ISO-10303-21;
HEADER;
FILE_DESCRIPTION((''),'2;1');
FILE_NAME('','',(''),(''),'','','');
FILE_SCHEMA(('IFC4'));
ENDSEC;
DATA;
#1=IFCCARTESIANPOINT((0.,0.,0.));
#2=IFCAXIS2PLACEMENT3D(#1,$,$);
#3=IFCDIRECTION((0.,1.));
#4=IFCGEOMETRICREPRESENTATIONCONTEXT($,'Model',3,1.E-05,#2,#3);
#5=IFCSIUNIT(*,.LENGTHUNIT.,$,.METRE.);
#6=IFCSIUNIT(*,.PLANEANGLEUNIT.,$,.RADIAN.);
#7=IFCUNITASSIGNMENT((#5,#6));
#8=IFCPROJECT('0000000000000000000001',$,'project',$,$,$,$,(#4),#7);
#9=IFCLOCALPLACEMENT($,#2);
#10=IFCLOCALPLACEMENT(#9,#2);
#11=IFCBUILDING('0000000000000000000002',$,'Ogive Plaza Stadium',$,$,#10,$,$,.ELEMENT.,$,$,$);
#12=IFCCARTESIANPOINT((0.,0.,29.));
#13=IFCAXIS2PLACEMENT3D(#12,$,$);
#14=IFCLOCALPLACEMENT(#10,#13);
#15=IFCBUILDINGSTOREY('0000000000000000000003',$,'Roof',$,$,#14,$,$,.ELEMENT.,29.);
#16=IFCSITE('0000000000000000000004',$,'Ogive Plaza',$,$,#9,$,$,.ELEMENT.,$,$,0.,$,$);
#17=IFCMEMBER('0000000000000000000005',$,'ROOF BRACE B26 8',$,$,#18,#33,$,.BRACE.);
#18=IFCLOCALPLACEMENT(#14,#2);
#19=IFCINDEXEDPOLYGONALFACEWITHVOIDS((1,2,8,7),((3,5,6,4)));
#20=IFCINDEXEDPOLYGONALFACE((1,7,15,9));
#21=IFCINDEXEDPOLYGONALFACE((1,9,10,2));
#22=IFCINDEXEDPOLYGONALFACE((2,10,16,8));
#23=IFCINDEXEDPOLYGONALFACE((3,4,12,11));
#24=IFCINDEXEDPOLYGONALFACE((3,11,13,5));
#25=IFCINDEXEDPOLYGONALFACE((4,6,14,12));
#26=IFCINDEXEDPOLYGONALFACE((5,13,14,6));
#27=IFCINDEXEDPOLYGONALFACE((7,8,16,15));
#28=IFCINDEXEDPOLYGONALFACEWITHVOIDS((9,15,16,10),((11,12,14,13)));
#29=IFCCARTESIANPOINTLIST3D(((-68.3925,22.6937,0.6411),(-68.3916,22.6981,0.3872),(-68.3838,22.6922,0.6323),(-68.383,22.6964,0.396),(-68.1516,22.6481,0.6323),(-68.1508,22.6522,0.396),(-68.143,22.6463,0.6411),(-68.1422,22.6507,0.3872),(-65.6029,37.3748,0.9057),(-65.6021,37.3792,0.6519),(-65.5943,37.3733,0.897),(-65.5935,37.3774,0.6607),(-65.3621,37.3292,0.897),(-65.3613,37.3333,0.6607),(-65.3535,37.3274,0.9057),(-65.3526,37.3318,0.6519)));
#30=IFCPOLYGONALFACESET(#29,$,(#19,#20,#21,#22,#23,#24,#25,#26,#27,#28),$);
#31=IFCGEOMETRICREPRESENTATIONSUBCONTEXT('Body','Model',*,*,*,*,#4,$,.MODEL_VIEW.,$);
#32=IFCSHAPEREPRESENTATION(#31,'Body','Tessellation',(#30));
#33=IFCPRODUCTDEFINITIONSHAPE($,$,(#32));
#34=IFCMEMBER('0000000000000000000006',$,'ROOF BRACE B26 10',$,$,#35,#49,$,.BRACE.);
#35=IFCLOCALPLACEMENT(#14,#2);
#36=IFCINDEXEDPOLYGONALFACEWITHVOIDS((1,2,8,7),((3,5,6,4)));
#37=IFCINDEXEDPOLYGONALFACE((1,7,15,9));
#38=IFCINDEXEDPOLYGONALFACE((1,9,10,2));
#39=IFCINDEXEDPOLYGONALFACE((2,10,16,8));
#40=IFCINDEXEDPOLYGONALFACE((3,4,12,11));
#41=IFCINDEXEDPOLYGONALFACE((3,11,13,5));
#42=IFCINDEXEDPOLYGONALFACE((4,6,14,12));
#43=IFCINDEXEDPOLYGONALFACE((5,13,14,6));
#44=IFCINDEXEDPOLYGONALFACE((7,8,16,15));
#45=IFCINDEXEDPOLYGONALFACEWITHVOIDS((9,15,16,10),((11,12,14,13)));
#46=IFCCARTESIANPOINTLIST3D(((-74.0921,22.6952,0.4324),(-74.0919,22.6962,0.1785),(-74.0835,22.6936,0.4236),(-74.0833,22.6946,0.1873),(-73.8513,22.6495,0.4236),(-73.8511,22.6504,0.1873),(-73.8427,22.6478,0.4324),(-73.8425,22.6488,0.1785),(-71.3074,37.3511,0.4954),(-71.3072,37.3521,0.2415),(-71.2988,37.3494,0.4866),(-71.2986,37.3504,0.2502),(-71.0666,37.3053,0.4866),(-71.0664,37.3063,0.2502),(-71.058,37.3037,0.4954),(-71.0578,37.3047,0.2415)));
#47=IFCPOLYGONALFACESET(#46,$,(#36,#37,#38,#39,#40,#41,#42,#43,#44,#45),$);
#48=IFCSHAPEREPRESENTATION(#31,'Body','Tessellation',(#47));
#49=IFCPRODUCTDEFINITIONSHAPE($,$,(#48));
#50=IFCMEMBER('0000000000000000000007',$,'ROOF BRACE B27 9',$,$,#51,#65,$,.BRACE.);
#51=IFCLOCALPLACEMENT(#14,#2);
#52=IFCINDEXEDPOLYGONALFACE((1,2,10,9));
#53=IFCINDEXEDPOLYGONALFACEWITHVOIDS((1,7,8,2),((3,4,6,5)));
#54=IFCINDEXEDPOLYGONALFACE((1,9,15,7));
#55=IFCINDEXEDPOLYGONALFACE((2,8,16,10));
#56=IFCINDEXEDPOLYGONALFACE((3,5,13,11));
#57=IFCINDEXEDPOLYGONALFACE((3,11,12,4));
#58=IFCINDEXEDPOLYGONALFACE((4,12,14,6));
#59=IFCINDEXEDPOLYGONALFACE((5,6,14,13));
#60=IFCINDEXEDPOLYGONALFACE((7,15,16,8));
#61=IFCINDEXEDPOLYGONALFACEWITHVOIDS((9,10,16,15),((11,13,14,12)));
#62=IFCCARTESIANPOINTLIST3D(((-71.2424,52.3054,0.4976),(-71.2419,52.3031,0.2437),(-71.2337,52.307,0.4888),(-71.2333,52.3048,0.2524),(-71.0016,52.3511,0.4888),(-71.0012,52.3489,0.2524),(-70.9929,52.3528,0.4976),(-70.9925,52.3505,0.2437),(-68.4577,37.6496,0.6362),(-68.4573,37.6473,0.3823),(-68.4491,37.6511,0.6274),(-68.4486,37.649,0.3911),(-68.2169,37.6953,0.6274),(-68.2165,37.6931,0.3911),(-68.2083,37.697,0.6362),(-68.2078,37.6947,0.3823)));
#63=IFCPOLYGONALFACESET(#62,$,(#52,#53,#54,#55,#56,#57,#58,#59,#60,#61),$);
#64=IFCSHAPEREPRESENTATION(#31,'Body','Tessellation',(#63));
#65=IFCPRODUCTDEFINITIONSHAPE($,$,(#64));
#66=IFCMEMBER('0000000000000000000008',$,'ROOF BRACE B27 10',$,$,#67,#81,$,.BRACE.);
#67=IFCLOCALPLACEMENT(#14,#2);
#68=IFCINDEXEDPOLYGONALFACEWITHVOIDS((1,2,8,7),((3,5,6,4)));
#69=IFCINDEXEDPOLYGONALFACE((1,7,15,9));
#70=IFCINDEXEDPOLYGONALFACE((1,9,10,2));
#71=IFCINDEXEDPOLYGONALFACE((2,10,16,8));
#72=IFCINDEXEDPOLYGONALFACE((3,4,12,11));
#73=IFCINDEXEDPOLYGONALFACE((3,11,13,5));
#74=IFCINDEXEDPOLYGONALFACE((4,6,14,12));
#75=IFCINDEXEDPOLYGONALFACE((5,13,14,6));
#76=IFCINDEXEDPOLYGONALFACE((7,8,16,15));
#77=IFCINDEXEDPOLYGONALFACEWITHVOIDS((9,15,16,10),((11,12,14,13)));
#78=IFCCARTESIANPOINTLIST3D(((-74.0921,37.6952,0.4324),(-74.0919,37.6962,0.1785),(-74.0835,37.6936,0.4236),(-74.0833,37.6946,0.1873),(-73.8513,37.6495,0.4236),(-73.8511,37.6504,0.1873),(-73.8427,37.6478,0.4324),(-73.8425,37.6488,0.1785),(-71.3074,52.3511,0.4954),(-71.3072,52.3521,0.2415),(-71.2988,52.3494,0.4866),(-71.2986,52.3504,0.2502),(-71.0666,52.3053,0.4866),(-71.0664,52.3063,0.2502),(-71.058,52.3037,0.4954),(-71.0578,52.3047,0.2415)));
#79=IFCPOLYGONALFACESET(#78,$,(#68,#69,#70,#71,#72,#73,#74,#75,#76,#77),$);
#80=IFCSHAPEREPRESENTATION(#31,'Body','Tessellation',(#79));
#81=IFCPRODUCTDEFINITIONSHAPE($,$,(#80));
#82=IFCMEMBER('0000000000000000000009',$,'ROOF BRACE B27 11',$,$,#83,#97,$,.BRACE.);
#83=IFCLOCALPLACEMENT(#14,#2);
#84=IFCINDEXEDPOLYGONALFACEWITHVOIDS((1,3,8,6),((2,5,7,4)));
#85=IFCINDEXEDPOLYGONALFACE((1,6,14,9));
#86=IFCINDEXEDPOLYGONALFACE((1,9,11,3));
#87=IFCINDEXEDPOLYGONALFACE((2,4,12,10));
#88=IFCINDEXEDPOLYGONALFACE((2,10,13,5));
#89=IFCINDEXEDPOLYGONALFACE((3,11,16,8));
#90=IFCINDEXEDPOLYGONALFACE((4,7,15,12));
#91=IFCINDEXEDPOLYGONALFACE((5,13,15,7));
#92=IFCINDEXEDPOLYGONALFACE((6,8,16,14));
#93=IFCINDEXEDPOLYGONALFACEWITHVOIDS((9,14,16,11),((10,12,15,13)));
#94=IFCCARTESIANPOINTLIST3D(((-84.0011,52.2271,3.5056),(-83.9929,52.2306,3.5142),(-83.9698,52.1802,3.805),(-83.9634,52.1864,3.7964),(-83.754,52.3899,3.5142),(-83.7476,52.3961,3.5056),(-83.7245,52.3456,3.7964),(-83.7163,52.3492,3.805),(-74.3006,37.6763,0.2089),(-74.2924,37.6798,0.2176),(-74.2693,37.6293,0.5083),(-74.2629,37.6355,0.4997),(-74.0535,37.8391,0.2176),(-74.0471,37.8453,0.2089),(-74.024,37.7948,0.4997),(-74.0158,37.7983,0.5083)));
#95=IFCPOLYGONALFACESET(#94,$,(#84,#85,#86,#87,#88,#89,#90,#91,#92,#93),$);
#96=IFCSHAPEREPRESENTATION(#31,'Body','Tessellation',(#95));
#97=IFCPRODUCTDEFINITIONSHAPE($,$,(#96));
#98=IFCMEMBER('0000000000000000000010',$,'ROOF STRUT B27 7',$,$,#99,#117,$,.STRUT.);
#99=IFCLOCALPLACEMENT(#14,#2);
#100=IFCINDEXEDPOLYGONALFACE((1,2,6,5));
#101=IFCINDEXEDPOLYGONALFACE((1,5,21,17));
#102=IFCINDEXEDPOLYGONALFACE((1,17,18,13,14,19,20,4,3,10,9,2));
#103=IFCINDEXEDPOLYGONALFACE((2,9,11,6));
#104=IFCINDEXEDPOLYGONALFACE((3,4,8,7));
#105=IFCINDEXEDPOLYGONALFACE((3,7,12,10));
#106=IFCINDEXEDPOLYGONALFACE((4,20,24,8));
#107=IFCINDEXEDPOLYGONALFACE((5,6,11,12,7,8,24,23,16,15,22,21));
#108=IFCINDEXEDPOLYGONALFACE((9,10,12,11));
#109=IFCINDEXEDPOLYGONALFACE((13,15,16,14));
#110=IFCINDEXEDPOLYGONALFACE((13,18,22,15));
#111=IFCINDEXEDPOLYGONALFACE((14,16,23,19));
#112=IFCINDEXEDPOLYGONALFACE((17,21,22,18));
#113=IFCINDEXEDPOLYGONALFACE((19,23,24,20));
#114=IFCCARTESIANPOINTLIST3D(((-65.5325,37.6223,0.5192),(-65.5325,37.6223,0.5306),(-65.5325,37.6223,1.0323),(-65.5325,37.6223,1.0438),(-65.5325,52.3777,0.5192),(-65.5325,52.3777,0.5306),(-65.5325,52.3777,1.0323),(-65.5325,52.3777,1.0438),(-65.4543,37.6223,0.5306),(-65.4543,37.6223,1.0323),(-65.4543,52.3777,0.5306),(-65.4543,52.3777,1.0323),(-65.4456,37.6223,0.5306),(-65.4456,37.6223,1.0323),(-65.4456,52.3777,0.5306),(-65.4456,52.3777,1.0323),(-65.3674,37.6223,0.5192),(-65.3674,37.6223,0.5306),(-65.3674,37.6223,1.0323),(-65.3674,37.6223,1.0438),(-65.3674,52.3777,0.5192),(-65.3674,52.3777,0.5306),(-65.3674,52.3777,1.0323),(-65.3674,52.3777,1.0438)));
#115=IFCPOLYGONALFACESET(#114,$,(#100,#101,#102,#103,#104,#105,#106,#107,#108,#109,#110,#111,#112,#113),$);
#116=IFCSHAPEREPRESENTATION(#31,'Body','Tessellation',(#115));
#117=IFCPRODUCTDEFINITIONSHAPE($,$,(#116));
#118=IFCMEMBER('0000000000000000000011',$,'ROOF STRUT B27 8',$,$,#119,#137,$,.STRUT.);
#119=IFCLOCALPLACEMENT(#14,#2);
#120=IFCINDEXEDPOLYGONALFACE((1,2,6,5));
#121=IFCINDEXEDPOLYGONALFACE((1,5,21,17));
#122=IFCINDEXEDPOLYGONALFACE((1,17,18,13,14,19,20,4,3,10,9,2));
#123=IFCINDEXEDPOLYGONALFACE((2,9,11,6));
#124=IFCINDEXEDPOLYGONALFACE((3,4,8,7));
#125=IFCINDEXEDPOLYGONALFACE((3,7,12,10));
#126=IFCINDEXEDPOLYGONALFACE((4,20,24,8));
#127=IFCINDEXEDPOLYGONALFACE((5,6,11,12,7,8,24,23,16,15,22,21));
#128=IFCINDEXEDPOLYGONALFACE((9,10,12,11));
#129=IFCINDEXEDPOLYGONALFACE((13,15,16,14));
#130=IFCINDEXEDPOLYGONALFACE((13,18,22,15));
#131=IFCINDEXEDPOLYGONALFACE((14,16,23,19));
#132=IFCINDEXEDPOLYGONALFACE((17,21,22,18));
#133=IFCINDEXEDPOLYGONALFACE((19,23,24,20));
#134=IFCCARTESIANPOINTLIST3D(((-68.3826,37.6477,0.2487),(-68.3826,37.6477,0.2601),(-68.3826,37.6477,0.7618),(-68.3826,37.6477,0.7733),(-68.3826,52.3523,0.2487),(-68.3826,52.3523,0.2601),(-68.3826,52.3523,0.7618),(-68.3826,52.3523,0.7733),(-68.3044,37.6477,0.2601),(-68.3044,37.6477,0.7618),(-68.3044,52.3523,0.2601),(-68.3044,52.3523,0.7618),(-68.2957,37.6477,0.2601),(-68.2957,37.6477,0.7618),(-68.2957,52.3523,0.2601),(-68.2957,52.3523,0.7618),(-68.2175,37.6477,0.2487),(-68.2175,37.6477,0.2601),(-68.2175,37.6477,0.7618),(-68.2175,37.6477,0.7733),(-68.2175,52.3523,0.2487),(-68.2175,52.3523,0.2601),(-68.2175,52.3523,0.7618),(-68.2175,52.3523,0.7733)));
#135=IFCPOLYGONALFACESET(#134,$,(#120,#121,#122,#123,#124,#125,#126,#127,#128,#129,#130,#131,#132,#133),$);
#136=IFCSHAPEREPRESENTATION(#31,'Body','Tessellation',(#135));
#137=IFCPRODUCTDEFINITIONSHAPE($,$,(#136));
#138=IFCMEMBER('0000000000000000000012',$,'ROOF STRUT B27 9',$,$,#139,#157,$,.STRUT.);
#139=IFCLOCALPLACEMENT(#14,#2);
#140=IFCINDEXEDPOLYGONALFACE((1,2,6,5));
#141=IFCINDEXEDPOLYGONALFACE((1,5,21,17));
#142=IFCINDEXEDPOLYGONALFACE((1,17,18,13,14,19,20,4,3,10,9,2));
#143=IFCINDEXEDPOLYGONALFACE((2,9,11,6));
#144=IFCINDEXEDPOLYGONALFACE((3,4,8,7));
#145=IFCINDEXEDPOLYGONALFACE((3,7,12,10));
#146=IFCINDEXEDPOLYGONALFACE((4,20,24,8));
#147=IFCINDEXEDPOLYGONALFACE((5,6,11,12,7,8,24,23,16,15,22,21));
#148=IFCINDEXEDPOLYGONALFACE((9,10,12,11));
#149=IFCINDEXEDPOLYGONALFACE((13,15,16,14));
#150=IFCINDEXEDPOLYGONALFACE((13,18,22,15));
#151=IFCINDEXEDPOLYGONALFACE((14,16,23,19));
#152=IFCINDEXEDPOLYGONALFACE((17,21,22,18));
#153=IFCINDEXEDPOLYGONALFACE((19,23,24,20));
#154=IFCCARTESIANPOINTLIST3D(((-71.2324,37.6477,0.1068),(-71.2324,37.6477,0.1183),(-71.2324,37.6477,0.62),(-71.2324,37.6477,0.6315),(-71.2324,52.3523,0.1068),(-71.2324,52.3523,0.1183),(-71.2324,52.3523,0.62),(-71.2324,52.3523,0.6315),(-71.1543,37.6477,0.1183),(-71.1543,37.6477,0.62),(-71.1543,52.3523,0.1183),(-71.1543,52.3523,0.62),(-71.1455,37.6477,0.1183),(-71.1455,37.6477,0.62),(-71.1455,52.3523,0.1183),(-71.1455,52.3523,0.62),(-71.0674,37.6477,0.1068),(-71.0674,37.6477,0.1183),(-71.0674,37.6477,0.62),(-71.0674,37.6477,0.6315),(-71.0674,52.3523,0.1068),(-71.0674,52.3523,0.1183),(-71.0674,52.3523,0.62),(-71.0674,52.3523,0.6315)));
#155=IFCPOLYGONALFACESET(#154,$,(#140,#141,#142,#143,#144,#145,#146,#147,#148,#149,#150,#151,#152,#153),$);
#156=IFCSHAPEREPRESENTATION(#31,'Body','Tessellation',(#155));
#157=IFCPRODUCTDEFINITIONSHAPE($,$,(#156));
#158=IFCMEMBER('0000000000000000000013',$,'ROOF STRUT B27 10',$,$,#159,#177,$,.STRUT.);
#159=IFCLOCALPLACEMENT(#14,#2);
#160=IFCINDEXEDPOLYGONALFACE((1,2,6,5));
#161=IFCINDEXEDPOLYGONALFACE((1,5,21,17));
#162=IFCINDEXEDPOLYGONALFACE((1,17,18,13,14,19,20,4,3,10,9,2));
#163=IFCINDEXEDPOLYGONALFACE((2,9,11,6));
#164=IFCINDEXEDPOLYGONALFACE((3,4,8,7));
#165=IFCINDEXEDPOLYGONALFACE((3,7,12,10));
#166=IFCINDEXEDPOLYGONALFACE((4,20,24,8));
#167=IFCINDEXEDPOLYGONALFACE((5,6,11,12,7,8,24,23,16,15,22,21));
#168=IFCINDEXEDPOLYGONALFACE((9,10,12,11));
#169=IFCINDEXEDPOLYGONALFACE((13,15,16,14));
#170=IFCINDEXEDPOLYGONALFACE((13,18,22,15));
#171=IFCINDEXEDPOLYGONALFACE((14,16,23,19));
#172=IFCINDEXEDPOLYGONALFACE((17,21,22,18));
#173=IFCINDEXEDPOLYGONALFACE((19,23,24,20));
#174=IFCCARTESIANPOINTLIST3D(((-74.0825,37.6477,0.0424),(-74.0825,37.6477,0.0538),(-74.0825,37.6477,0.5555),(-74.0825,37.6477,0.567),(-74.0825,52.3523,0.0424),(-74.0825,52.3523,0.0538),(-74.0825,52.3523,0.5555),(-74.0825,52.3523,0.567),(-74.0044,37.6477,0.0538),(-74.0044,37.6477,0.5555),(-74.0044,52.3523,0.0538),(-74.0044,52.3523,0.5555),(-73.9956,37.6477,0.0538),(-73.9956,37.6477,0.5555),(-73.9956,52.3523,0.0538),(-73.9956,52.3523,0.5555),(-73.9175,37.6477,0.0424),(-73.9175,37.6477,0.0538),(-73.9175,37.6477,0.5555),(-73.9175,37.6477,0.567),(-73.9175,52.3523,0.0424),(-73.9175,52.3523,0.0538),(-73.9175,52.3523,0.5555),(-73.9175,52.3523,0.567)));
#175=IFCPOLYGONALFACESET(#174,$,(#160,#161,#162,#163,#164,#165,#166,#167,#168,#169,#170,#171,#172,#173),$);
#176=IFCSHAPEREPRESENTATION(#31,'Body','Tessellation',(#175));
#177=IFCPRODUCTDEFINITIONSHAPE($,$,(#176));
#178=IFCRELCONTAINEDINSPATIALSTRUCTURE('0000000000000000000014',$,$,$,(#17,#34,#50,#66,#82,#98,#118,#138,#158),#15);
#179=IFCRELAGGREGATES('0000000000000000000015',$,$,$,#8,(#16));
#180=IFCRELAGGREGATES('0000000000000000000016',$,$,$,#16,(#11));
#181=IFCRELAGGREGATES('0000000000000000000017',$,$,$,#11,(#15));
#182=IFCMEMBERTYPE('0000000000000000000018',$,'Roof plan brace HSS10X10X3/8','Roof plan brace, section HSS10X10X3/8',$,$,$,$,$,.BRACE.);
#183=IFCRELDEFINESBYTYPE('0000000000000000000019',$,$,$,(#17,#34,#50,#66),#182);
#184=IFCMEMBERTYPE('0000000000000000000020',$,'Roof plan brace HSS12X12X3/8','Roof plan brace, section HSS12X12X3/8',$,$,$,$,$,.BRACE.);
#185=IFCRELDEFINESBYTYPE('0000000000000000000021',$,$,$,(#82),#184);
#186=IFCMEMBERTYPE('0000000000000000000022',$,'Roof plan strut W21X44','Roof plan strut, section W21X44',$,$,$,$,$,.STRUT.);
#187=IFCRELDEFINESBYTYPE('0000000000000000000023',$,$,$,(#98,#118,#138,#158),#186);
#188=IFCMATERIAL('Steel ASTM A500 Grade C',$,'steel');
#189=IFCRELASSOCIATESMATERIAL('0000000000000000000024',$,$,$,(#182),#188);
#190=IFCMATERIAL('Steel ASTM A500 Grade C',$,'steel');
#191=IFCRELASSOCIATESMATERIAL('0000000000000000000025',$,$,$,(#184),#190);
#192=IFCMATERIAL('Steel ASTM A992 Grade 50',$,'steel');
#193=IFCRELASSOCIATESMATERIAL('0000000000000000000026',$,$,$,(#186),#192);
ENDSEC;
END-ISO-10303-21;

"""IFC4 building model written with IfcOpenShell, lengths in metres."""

from ifc_helpers import new_model, si_unit, direction, frame, origin, origin_2d, place, context, subcontext, project, spatial, hollow_rectangle, i_section, extrude, material, material_profile, profile_set, type_object, element, save


model = new_model("IFC4")

# Units and contexts
model_context = context("Model", 3, precision=1e-05, world=origin(), true_north=direction((0.0, 1.0)))
body_context = subcontext(model_context, "Body", "Model", "MODEL_VIEW")
ifc_project = project(units=[si_unit("LENGTHUNIT", "METRE"), si_unit("PLANEANGLEUNIT", "RADIAN")], contexts=[model_context])

# Site, building, storey
site_placement = place(None, origin())
site = spatial("IfcSite", under=ifc_project, at=site_placement, Name="Ogive Plaza", CompositionType="ELEMENT", RefElevation=0.0)
building_placement = place(site_placement, origin())
building = spatial("IfcBuilding", under=site, at=building_placement, Name="Ogive Plaza Stadium", CompositionType="ELEMENT")
storey_placement = place(building_placement, frame((0.0, 0.0, 29.0)))
storey = spatial("IfcBuildingStorey", under=building, at=storey_placement, Name="Roof", CompositionType="ELEMENT", Elevation=29.0)

# Members
ifc_material_1 = material(Name="Steel ASTM A500 Grade C", Category="steel")
ifc_material_profile_1 = material_profile(ifc_material_1, hollow_rectangle(XDim=0.2539, YDim=0.2539, WallThickness=0.0088, at=origin_2d()), Name="HSS10X10X3/8")
ifc_profile_set_1 = profile_set([ifc_material_profile_1], Name="Steel ASTM A500 Grade C")
member_type_1 = type_object("IfcMemberType", Name="Roof plan brace HSS10X10X3/8", Description="Roof plan brace, section HSS10X10X3/8", PredefinedType="BRACE", material=ifc_profile_set_1)
member_1_placement = place(storey_placement, frame((-65.4778, 37.3533, 0.7788), z_axis=(-0.18664, -0.982269, -0.017707), x_axis=(0.982423, -0.186669, 0.0)))
element("IfcMember", 1, at=member_1_placement, inside=storey, type_object=member_type_1, Name="ROOF BRACE B26 8", PredefinedType="BRACE", context=body_context, shape_type="SweptSolid", body=[
    extrude(hollow_rectangle(XDim=0.2539, YDim=0.2539, WallThickness=0.0088, at=origin_2d()), origin(), (0.0, 0.0, 1.0), 14.946),
])
member_2_placement = place(storey_placement, frame((-71.1826, 37.3279, 0.3684), z_axis=(-0.186664, -0.982415, -0.004222), x_axis=(0.982424, -0.186665, 0.0)))
element("IfcMember", 2, at=member_2_placement, inside=storey, type_object=member_type_1, Name="ROOF BRACE B26 10", PredefinedType="BRACE", context=body_context, shape_type="SweptSolid", body=[
    extrude(hollow_rectangle(XDim=0.2539, YDim=0.2539, WallThickness=0.0088, at=origin_2d()), origin(), (0.0, 0.0, 1.0), 14.9182),
])
member_3_placement = place(storey_placement, frame((-68.3328, 37.6721, 0.5093), z_axis=(-0.186657, 0.982381, -0.009295), x_axis=(-0.982424, -0.186665, 0.0)))
element("IfcMember", 3, at=member_3_placement, inside=storey, type_object=member_type_1, Name="ROOF BRACE B27 9", PredefinedType="BRACE", context=body_context, shape_type="SweptSolid", body=[
    extrude(hollow_rectangle(XDim=0.2539, YDim=0.2539, WallThickness=0.0088, at=origin_2d()), origin(), (0.0, 0.0, 1.0), 14.9187),
])
member_4_placement = place(storey_placement, frame((-71.1826, 52.3279, 0.3684), z_axis=(-0.186664, -0.982415, -0.004222), x_axis=(0.982424, -0.186665, 0.0)))
element("IfcMember", 4, at=member_4_placement, inside=storey, type_object=member_type_1, Name="ROOF BRACE B27 10", PredefinedType="BRACE", context=body_context, shape_type="SweptSolid", body=[
    extrude(hollow_rectangle(XDim=0.2539, YDim=0.2539, WallThickness=0.0088, at=origin_2d()), origin(), (0.0, 0.0, 1.0), 14.9182),
])
ifc_material_2 = material(Name="Steel ASTM A500 Grade C", Category="steel")
ifc_material_profile_2 = material_profile(ifc_material_2, hollow_rectangle(XDim=0.3047, YDim=0.3047, WallThickness=0.0088, at=origin_2d()), Name="HSS12X12X3/8")
ifc_profile_set_2 = profile_set([ifc_material_profile_2], Name="Steel ASTM A500 Grade C")
member_type_2 = type_object("IfcMemberType", Name="Roof plan brace HSS12X12X3/8", Description="Roof plan brace, section HSS12X12X3/8", PredefinedType="BRACE", material=ifc_profile_set_2)
member_5_placement = place(storey_placement, frame((-74.1582, 37.7373, 0.3586), z_axis=(-0.545096, 0.817651, 0.185247), x_axis=(-0.832052, -0.554697, 0.0)))
element("IfcMember", 5, at=member_5_placement, inside=storey, type_object=member_type_2, Name="ROOF BRACE B27 11", PredefinedType="BRACE", context=body_context, shape_type="SweptSolid", body=[
    extrude(hollow_rectangle(XDim=0.3047, YDim=0.3047, WallThickness=0.0088, at=origin_2d()), origin(), (0.0, 0.0, 1.0), 17.7959),
])
ifc_material_3 = material(Name="Steel ASTM A992 Grade 50", Category="steel")
ifc_material_profile_3 = material_profile(ifc_material_3, i_section(OverallWidth=0.165, OverallDepth=0.5247, WebThickness=0.0088, FlangeThickness=0.0115, at=origin_2d()), Name="W21X44")
ifc_profile_set_3 = profile_set([ifc_material_profile_3], Name="Steel ASTM A992 Grade 50")
member_type_3 = type_object("IfcMemberType", Name="Roof plan strut W21X44", Description="Roof plan strut, section W21X44", PredefinedType="STRUT", material=ifc_profile_set_3)
member_6_placement = place(storey_placement, frame((-65.45, 37.6223, 0.7815), z_axis=(0.0, 1.0, 0.0), x_axis=(-1.0, 0.0, 0.0)))
element("IfcMember", 6, at=member_6_placement, inside=storey, type_object=member_type_3, Name="ROOF STRUT B27 7", PredefinedType="STRUT", context=body_context, shape_type="SweptSolid", body=[
    extrude(i_section(OverallWidth=0.165, OverallDepth=0.5247, WebThickness=0.0088, FlangeThickness=0.0115, at=origin_2d()), origin(), (0.0, 0.0, 1.0), 14.7554),
])
for number, where, z_axis, x_axis, name in (
    (7, (-68.3, 37.6477, 0.511), (0.0, 1.0, 0.0), (-1.0, 0.0, 0.0), "ROOF STRUT B27 8"),
    (8, (-71.1499, 37.6477, 0.3691), (0.0, 1.0, 0.0), (-1.0, 0.0, 0.0), "ROOF STRUT B27 9"),
    (9, (-74.0, 37.6477, 0.3047), (0.0, 1.0, 0.0), (-1.0, 0.0, 0.0), "ROOF STRUT B27 10"),
):
    element("IfcMember", number, at=place(storey_placement, frame(where, z_axis=z_axis, x_axis=x_axis)), inside=storey, type_object=member_type_3, Name=name, PredefinedType="STRUT", context=body_context, shape_type="SweptSolid", body=[
        extrude(i_section(OverallWidth=0.165, OverallDepth=0.5247, WebThickness=0.0088, FlangeThickness=0.0115, at=origin_2d()), origin(), (0.0, 0.0, 1.0), 14.7046),
    ])

save(model, "model.ifc")
